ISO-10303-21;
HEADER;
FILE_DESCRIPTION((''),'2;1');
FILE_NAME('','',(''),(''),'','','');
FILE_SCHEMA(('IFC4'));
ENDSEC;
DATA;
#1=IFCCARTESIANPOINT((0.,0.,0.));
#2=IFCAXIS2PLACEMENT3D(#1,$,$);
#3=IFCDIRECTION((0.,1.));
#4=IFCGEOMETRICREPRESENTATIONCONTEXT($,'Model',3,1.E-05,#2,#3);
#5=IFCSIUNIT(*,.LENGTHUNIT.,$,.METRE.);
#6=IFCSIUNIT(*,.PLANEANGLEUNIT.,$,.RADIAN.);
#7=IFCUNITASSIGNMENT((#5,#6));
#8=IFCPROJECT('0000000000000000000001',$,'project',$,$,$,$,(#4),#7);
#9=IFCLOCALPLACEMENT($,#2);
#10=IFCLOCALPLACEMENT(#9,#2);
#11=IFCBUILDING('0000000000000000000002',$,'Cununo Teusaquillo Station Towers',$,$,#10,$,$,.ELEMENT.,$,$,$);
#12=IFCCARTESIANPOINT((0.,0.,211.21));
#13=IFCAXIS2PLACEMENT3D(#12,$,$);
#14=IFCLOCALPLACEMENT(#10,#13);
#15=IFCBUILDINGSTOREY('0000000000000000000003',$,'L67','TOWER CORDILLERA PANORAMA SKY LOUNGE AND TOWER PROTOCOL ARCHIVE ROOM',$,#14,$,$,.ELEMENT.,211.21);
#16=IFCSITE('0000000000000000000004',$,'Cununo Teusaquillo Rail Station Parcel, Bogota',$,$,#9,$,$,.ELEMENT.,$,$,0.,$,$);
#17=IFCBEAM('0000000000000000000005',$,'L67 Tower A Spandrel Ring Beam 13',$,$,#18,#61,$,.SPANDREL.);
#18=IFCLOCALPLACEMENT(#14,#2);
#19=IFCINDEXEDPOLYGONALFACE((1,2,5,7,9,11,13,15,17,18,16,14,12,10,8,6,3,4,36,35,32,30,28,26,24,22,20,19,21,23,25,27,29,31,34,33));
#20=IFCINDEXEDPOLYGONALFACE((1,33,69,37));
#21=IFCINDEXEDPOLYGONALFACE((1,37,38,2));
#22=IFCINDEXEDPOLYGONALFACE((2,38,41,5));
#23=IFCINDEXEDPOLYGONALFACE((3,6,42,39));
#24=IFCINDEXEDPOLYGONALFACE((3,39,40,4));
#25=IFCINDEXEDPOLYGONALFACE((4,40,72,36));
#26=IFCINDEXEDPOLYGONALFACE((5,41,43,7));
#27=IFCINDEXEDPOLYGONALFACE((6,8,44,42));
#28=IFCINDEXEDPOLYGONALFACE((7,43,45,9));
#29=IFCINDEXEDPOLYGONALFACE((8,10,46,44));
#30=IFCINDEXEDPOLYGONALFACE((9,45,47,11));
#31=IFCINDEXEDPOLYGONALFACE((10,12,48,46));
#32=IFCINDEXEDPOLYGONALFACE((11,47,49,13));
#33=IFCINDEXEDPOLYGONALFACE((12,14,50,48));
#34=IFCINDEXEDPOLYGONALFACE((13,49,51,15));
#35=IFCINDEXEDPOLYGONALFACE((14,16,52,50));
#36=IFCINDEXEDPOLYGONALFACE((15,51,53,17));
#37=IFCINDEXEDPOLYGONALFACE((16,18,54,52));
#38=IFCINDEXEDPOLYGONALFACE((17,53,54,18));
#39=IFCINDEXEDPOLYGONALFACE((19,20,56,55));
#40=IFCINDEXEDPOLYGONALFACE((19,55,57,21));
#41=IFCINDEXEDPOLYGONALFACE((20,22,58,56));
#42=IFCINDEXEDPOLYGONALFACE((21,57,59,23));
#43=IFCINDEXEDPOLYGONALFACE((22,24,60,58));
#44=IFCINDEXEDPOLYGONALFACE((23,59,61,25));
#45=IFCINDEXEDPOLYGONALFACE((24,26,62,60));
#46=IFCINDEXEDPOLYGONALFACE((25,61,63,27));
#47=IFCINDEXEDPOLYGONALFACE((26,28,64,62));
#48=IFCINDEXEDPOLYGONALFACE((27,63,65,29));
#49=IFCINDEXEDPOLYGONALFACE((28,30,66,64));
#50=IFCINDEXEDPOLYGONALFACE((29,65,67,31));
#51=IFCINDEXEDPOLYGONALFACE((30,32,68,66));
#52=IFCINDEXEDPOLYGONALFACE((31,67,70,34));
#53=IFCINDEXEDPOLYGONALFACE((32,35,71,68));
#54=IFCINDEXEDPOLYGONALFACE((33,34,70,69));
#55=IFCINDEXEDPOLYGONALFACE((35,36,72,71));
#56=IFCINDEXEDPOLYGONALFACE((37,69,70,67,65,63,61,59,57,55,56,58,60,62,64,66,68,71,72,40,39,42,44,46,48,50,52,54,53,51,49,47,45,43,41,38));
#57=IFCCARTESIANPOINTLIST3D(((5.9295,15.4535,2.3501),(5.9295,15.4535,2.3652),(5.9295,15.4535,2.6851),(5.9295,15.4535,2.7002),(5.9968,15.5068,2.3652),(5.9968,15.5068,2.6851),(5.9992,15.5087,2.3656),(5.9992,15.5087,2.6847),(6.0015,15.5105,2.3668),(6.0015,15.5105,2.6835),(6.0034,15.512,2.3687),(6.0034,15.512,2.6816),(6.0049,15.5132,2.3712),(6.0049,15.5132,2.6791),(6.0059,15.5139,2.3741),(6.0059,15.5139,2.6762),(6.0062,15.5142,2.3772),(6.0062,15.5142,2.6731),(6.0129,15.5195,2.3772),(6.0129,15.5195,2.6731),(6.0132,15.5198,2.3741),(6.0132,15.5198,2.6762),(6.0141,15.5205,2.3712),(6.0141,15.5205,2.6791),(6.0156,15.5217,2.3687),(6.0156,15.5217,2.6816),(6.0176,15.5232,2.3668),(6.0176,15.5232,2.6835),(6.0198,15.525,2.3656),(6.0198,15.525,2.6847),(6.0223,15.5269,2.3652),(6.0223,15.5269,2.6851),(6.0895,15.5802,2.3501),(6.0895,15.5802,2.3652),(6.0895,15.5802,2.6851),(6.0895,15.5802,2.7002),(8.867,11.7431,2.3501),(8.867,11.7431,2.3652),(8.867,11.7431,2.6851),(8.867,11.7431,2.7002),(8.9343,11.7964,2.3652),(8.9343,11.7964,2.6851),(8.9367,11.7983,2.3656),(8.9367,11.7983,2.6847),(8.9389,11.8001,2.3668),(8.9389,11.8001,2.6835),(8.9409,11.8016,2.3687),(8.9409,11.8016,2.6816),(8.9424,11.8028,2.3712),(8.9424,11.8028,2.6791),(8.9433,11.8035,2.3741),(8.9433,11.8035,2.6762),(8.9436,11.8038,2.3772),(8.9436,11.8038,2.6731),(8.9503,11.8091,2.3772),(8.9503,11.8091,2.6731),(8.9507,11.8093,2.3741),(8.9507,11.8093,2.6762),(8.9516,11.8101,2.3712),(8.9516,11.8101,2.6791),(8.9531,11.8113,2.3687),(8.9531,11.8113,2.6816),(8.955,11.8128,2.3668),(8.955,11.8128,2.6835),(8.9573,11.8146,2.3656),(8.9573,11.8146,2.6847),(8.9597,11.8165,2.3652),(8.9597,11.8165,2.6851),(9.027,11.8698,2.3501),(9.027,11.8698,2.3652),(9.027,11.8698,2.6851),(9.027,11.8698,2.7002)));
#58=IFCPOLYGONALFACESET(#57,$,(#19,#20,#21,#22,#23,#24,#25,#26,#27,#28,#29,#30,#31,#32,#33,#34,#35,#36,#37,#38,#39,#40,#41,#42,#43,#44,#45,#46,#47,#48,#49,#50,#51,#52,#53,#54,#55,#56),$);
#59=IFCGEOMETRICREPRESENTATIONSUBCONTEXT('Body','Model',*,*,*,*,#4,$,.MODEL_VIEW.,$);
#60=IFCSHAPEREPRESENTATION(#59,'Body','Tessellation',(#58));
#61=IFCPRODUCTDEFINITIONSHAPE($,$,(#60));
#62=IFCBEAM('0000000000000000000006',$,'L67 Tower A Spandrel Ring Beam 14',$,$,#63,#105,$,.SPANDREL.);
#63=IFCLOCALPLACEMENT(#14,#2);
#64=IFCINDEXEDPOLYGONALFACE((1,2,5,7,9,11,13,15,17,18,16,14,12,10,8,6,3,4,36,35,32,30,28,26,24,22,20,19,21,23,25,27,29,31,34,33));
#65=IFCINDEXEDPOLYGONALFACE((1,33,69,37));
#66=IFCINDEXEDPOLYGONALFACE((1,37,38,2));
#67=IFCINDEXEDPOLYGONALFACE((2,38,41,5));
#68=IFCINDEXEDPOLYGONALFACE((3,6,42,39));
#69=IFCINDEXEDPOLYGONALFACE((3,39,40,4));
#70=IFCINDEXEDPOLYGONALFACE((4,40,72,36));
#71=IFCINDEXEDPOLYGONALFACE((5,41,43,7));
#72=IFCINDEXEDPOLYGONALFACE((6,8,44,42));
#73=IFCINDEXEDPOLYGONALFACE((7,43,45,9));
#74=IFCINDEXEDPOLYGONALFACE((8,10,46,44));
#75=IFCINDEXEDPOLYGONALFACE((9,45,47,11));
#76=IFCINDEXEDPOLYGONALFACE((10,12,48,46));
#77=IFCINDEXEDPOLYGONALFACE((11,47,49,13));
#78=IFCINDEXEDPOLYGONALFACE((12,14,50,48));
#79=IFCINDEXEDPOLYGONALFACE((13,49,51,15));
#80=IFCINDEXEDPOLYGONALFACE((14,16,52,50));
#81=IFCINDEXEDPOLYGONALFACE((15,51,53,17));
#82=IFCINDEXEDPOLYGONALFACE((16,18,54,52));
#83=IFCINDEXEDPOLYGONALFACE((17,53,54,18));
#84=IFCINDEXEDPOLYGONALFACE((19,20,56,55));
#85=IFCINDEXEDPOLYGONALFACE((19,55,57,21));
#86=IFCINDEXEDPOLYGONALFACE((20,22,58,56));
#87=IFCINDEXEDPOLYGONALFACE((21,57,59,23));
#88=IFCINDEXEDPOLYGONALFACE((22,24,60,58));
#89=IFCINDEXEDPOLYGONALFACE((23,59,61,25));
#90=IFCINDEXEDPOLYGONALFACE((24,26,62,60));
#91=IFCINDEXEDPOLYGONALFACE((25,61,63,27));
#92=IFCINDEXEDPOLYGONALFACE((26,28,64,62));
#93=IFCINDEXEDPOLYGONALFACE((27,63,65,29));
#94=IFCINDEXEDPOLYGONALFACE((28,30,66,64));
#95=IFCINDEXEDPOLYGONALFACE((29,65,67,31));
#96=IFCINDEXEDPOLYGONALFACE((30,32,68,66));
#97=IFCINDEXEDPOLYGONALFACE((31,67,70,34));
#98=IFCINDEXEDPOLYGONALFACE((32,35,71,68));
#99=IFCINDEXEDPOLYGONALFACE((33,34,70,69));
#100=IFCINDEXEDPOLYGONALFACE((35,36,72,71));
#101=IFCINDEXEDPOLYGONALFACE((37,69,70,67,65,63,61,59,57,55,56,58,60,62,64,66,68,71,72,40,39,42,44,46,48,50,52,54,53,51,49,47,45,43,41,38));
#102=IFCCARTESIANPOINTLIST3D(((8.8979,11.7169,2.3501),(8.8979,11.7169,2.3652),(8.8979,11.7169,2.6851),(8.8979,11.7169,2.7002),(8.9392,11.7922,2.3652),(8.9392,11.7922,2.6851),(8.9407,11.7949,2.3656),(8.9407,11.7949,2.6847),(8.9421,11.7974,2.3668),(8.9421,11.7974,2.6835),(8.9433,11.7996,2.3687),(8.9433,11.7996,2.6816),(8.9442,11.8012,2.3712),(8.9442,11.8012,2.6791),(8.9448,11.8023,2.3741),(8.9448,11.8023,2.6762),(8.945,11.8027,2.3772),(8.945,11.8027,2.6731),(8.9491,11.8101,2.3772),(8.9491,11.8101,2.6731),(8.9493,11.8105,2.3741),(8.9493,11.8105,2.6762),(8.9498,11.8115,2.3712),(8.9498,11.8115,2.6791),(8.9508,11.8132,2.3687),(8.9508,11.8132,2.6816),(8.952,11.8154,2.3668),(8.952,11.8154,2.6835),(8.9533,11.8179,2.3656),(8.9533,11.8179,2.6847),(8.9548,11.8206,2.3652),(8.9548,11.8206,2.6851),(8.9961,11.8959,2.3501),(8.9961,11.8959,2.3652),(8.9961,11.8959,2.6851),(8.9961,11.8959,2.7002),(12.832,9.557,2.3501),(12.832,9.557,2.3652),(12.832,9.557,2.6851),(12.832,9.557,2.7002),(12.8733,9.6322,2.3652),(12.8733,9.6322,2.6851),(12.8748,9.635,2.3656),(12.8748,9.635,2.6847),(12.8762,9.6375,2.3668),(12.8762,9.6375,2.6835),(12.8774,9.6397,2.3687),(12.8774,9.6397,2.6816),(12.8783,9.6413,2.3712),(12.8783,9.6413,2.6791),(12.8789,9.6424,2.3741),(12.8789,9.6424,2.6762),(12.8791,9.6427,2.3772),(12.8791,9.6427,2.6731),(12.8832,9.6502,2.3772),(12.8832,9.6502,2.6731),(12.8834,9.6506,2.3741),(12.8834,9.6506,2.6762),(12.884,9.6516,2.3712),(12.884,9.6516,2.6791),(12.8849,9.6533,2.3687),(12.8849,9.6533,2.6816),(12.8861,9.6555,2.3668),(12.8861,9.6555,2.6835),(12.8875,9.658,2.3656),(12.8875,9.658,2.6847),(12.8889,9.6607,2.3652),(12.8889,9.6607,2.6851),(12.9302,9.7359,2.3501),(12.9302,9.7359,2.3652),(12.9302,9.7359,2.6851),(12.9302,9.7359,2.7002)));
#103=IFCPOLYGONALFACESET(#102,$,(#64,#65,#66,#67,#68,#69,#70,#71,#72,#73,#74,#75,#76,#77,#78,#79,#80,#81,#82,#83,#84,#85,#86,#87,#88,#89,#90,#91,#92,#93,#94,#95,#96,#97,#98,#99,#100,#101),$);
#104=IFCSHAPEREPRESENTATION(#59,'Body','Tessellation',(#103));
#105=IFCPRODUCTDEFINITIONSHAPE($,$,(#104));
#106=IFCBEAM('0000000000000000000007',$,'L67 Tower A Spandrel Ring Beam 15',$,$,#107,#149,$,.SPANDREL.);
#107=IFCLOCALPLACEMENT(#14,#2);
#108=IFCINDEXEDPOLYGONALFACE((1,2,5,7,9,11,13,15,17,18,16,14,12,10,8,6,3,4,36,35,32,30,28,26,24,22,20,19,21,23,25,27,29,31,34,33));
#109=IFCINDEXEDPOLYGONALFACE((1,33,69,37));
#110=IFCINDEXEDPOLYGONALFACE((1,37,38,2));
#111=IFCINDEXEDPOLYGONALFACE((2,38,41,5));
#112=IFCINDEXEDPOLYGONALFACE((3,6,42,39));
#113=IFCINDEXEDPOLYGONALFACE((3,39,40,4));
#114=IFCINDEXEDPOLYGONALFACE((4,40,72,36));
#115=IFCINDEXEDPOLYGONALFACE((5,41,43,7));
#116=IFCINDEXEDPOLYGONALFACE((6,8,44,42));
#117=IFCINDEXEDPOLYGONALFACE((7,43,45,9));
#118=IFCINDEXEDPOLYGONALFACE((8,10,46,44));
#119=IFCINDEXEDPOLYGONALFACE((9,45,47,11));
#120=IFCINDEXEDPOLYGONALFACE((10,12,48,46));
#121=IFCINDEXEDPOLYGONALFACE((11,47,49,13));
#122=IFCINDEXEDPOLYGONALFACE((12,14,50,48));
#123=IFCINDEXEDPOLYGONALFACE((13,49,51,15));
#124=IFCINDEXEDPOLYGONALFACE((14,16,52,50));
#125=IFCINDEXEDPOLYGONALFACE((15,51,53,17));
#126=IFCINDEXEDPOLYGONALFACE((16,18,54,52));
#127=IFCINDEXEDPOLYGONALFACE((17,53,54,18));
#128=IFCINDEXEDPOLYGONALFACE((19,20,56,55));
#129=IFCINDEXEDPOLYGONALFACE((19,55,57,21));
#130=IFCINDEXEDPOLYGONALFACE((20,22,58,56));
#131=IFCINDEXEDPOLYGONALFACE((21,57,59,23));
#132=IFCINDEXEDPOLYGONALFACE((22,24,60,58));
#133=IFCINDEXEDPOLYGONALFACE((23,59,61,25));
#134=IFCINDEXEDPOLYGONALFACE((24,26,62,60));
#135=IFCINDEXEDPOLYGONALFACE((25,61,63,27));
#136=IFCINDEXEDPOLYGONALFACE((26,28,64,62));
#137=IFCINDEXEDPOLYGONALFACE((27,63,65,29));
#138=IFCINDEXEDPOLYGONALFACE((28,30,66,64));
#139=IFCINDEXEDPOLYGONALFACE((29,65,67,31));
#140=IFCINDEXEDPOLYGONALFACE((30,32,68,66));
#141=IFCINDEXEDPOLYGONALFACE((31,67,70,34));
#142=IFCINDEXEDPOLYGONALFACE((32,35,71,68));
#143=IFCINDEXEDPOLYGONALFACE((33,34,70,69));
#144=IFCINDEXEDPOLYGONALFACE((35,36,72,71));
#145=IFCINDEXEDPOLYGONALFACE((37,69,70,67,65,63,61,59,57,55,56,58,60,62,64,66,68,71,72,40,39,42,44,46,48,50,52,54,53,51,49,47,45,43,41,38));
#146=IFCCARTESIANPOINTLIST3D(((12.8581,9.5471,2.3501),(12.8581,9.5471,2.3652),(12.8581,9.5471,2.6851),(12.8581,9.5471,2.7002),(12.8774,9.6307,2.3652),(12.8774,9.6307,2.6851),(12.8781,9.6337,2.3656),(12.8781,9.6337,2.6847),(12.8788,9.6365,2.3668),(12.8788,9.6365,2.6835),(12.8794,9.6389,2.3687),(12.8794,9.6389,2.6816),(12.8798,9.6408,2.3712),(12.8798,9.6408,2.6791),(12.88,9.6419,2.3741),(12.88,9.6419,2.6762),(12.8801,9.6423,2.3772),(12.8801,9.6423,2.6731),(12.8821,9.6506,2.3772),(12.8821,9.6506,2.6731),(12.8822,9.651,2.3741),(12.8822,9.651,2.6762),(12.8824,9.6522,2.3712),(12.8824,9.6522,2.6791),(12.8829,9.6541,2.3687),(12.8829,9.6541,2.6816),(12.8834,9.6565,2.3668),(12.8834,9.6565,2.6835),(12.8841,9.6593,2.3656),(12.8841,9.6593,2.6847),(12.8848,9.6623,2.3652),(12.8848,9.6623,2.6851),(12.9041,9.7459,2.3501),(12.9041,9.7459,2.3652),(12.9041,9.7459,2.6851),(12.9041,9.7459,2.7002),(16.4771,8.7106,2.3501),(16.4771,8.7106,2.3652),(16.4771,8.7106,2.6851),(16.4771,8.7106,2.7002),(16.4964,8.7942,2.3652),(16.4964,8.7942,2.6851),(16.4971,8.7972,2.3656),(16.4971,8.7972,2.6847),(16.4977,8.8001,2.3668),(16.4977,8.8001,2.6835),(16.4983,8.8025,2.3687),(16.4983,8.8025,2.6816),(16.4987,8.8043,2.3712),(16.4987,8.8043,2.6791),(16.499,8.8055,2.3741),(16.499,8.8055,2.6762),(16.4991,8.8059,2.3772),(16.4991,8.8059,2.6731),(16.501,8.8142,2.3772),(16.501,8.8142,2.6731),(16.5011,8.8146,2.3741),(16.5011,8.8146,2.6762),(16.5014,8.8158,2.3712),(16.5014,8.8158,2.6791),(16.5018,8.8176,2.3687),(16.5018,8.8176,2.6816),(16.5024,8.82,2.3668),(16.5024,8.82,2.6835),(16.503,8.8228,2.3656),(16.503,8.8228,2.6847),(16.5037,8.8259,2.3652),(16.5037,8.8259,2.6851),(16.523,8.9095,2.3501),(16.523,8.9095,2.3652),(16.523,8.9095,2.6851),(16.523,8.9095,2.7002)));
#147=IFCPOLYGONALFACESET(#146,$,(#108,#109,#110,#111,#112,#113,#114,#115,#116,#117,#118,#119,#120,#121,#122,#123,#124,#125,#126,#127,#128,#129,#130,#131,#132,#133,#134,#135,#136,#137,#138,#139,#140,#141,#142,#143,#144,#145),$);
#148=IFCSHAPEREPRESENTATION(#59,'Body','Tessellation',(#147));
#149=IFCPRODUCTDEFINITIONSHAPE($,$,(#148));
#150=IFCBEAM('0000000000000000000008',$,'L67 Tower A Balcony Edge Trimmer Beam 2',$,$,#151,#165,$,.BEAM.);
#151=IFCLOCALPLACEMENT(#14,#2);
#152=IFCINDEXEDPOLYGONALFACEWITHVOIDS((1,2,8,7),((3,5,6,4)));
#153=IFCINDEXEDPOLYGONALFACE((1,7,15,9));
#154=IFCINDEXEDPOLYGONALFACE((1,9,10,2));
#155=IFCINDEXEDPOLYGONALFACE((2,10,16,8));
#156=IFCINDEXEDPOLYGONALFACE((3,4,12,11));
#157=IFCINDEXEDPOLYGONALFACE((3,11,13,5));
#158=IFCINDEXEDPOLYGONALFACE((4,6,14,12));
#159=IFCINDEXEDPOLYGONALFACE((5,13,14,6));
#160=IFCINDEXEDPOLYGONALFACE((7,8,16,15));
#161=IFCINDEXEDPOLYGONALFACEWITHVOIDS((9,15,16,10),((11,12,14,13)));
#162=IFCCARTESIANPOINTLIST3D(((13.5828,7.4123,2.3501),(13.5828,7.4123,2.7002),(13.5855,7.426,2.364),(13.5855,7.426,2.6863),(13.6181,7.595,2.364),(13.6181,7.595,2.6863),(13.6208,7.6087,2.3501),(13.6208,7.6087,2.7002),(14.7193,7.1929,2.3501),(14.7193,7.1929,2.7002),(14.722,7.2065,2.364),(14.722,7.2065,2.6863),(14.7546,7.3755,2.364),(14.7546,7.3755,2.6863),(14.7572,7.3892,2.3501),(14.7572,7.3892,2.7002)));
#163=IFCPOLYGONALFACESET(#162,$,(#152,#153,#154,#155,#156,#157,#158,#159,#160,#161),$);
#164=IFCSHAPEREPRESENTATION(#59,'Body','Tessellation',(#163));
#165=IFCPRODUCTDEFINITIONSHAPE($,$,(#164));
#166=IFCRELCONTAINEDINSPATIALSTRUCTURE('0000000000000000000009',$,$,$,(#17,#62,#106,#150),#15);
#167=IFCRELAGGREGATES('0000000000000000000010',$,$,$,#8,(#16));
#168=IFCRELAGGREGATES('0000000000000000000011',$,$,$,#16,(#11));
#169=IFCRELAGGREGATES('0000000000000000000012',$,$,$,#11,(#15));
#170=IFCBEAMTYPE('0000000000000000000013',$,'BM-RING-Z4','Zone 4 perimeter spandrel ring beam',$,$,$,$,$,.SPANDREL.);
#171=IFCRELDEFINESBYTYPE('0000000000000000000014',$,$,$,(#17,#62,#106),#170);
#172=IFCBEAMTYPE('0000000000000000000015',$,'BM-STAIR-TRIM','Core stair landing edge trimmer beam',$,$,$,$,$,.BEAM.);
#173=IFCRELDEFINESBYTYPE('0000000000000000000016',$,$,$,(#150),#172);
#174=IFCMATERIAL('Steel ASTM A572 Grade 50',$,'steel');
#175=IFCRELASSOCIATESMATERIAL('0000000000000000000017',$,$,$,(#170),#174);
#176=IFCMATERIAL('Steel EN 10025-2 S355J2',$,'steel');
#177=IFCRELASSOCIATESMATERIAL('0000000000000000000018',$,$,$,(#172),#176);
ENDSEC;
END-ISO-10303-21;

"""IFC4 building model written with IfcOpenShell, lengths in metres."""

from ifc_helpers import new_model, si_unit, direction, frame, origin, origin_2d, place, context, subcontext, project, spatial, hollow_rectangle, i_section, extrude, material, material_profile, profile_set, type_object, element, save


model = new_model("IFC4")

# Units and contexts
model_context = context("Model", 3, precision=1e-05, world=origin(), true_north=direction((0.0, 1.0)))
body_context = subcontext(model_context, "Body", "Model", "MODEL_VIEW")
ifc_project = project(units=[si_unit("LENGTHUNIT", "METRE"), si_unit("PLANEANGLEUNIT", "RADIAN")], contexts=[model_context])

# Site, building, storey
site_placement = place(None, origin())
site = spatial("IfcSite", under=ifc_project, at=site_placement, Name="Cununo Teusaquillo Rail Station Parcel, Bogota", CompositionType="ELEMENT", RefElevation=0.0)
building_placement = place(site_placement, origin())
building = spatial("IfcBuilding", under=site, at=building_placement, Name="Cununo Teusaquillo Station Towers", CompositionType="ELEMENT")
storey_placement = place(building_placement, frame((0.0, 0.0, 211.21)))
storey = spatial("IfcBuildingStorey", under=building, at=storey_placement, Name="L67", Description="TOWER CORDILLERA PANORAMA SKY LOUNGE AND TOWER PROTOCOL ARCHIVE ROOM", CompositionType="ELEMENT", Elevation=211.21)

# Beams
ifc_material_1 = material(Name="Steel ASTM A572 Grade 50", Category="steel")
ifc_material_profile_1 = material_profile(ifc_material_1, i_section(OverallWidth=0.2041, OverallDepth=0.3501, WebThickness=0.0085, FlangeThickness=0.0151, FilletRadius=0.012, at=origin_2d()), Name="W14X48")
ifc_profile_set_1 = profile_set([ifc_material_profile_1], Name="Steel ASTM A572 Grade 50")
beam_type_1 = type_object("IfcBeamType", Name="BM-RING-Z4", Description="Zone 4 perimeter spandrel ring beam", PredefinedType="SPANDREL", material=ifc_profile_set_1)
beam_1_placement = place(storey_placement, frame((6.0095, 15.5168, 2.5251), z_axis=(0.620711, -0.78404, 0.0), x_axis=(0.78404, 0.620711, 0.0)))
element("IfcBeam", 1, at=beam_1_placement, inside=storey, type_object=beam_type_1, Name="L67 Tower A Spandrel Ring Beam 13", PredefinedType="SPANDREL", context=body_context, shape_type="SweptSolid", body=[
    extrude(i_section(OverallWidth=0.2041, OverallDepth=0.3501, WebThickness=0.0085, FlangeThickness=0.0151, FilletRadius=0.012, at=origin_2d()), origin(), (0.0, 0.0, 1.0), 4.7324),
])
beam_2_placement = place(storey_placement, frame((8.947, 11.8064, 2.5251), z_axis=(0.876576, -0.481263, 0.0), x_axis=(0.481263, 0.876576, 0.0)))
element("IfcBeam", 2, at=beam_2_placement, inside=storey, type_object=beam_type_1, Name="L67 Tower A Spandrel Ring Beam 14", PredefinedType="SPANDREL", context=body_context, shape_type="SweptSolid", body=[
    extrude(i_section(OverallWidth=0.2041, OverallDepth=0.3501, WebThickness=0.0085, FlangeThickness=0.0151, FilletRadius=0.012, at=origin_2d()), origin(), (0.0, 0.0, 1.0), 4.488),
])
beam_3_placement = place(storey_placement, frame((12.8811, 9.6465, 2.5251), z_axis=(0.974315, -0.225191, 0.0), x_axis=(0.225191, 0.974315, 0.0)))
element("IfcBeam", 3, at=beam_3_placement, inside=storey, type_object=beam_type_1, Name="L67 Tower A Spandrel Ring Beam 15", PredefinedType="SPANDREL", context=body_context, shape_type="SweptSolid", body=[
    extrude(i_section(OverallWidth=0.2041, OverallDepth=0.3501, WebThickness=0.0085, FlangeThickness=0.0151, FilletRadius=0.012, at=origin_2d()), origin(), (0.0, 0.0, 1.0), 3.7144),
])
ifc_material_2 = material(Name="Steel EN 10025-2 S355J2", Category="steel")
ifc_material_profile_2 = material_profile(ifc_material_2, hollow_rectangle(XDim=0.2, YDim=0.3501, WallThickness=0.0139, at=origin_2d()), Name="RHS 350x200x14")
ifc_profile_set_2 = profile_set([ifc_material_profile_2], Name="Steel EN 10025-2 S355J2")
beam_type_2 = type_object("IfcBeamType", Name="BM-STAIR-TRIM", Description="Core stair landing edge trimmer beam", PredefinedType="BEAM", material=ifc_profile_set_2)
beam_4_placement = place(storey_placement, frame((13.6018, 7.5105, 2.5251), z_axis=(0.981857, -0.189622, 0.0), x_axis=(0.189622, 0.981857, 0.0)))
element("IfcBeam", 4, at=beam_4_placement, inside=storey, type_object=beam_type_2, Name="L67 Tower A Balcony Edge Trimmer Beam 2", PredefinedType="BEAM", context=body_context, shape_type="SweptSolid", body=[
    extrude(hollow_rectangle(XDim=0.2, YDim=0.3501, WallThickness=0.0139, at=origin_2d()), origin(), (0.0, 0.0, 1.0), 1.1575),
])

save(model, "model.ifc")
